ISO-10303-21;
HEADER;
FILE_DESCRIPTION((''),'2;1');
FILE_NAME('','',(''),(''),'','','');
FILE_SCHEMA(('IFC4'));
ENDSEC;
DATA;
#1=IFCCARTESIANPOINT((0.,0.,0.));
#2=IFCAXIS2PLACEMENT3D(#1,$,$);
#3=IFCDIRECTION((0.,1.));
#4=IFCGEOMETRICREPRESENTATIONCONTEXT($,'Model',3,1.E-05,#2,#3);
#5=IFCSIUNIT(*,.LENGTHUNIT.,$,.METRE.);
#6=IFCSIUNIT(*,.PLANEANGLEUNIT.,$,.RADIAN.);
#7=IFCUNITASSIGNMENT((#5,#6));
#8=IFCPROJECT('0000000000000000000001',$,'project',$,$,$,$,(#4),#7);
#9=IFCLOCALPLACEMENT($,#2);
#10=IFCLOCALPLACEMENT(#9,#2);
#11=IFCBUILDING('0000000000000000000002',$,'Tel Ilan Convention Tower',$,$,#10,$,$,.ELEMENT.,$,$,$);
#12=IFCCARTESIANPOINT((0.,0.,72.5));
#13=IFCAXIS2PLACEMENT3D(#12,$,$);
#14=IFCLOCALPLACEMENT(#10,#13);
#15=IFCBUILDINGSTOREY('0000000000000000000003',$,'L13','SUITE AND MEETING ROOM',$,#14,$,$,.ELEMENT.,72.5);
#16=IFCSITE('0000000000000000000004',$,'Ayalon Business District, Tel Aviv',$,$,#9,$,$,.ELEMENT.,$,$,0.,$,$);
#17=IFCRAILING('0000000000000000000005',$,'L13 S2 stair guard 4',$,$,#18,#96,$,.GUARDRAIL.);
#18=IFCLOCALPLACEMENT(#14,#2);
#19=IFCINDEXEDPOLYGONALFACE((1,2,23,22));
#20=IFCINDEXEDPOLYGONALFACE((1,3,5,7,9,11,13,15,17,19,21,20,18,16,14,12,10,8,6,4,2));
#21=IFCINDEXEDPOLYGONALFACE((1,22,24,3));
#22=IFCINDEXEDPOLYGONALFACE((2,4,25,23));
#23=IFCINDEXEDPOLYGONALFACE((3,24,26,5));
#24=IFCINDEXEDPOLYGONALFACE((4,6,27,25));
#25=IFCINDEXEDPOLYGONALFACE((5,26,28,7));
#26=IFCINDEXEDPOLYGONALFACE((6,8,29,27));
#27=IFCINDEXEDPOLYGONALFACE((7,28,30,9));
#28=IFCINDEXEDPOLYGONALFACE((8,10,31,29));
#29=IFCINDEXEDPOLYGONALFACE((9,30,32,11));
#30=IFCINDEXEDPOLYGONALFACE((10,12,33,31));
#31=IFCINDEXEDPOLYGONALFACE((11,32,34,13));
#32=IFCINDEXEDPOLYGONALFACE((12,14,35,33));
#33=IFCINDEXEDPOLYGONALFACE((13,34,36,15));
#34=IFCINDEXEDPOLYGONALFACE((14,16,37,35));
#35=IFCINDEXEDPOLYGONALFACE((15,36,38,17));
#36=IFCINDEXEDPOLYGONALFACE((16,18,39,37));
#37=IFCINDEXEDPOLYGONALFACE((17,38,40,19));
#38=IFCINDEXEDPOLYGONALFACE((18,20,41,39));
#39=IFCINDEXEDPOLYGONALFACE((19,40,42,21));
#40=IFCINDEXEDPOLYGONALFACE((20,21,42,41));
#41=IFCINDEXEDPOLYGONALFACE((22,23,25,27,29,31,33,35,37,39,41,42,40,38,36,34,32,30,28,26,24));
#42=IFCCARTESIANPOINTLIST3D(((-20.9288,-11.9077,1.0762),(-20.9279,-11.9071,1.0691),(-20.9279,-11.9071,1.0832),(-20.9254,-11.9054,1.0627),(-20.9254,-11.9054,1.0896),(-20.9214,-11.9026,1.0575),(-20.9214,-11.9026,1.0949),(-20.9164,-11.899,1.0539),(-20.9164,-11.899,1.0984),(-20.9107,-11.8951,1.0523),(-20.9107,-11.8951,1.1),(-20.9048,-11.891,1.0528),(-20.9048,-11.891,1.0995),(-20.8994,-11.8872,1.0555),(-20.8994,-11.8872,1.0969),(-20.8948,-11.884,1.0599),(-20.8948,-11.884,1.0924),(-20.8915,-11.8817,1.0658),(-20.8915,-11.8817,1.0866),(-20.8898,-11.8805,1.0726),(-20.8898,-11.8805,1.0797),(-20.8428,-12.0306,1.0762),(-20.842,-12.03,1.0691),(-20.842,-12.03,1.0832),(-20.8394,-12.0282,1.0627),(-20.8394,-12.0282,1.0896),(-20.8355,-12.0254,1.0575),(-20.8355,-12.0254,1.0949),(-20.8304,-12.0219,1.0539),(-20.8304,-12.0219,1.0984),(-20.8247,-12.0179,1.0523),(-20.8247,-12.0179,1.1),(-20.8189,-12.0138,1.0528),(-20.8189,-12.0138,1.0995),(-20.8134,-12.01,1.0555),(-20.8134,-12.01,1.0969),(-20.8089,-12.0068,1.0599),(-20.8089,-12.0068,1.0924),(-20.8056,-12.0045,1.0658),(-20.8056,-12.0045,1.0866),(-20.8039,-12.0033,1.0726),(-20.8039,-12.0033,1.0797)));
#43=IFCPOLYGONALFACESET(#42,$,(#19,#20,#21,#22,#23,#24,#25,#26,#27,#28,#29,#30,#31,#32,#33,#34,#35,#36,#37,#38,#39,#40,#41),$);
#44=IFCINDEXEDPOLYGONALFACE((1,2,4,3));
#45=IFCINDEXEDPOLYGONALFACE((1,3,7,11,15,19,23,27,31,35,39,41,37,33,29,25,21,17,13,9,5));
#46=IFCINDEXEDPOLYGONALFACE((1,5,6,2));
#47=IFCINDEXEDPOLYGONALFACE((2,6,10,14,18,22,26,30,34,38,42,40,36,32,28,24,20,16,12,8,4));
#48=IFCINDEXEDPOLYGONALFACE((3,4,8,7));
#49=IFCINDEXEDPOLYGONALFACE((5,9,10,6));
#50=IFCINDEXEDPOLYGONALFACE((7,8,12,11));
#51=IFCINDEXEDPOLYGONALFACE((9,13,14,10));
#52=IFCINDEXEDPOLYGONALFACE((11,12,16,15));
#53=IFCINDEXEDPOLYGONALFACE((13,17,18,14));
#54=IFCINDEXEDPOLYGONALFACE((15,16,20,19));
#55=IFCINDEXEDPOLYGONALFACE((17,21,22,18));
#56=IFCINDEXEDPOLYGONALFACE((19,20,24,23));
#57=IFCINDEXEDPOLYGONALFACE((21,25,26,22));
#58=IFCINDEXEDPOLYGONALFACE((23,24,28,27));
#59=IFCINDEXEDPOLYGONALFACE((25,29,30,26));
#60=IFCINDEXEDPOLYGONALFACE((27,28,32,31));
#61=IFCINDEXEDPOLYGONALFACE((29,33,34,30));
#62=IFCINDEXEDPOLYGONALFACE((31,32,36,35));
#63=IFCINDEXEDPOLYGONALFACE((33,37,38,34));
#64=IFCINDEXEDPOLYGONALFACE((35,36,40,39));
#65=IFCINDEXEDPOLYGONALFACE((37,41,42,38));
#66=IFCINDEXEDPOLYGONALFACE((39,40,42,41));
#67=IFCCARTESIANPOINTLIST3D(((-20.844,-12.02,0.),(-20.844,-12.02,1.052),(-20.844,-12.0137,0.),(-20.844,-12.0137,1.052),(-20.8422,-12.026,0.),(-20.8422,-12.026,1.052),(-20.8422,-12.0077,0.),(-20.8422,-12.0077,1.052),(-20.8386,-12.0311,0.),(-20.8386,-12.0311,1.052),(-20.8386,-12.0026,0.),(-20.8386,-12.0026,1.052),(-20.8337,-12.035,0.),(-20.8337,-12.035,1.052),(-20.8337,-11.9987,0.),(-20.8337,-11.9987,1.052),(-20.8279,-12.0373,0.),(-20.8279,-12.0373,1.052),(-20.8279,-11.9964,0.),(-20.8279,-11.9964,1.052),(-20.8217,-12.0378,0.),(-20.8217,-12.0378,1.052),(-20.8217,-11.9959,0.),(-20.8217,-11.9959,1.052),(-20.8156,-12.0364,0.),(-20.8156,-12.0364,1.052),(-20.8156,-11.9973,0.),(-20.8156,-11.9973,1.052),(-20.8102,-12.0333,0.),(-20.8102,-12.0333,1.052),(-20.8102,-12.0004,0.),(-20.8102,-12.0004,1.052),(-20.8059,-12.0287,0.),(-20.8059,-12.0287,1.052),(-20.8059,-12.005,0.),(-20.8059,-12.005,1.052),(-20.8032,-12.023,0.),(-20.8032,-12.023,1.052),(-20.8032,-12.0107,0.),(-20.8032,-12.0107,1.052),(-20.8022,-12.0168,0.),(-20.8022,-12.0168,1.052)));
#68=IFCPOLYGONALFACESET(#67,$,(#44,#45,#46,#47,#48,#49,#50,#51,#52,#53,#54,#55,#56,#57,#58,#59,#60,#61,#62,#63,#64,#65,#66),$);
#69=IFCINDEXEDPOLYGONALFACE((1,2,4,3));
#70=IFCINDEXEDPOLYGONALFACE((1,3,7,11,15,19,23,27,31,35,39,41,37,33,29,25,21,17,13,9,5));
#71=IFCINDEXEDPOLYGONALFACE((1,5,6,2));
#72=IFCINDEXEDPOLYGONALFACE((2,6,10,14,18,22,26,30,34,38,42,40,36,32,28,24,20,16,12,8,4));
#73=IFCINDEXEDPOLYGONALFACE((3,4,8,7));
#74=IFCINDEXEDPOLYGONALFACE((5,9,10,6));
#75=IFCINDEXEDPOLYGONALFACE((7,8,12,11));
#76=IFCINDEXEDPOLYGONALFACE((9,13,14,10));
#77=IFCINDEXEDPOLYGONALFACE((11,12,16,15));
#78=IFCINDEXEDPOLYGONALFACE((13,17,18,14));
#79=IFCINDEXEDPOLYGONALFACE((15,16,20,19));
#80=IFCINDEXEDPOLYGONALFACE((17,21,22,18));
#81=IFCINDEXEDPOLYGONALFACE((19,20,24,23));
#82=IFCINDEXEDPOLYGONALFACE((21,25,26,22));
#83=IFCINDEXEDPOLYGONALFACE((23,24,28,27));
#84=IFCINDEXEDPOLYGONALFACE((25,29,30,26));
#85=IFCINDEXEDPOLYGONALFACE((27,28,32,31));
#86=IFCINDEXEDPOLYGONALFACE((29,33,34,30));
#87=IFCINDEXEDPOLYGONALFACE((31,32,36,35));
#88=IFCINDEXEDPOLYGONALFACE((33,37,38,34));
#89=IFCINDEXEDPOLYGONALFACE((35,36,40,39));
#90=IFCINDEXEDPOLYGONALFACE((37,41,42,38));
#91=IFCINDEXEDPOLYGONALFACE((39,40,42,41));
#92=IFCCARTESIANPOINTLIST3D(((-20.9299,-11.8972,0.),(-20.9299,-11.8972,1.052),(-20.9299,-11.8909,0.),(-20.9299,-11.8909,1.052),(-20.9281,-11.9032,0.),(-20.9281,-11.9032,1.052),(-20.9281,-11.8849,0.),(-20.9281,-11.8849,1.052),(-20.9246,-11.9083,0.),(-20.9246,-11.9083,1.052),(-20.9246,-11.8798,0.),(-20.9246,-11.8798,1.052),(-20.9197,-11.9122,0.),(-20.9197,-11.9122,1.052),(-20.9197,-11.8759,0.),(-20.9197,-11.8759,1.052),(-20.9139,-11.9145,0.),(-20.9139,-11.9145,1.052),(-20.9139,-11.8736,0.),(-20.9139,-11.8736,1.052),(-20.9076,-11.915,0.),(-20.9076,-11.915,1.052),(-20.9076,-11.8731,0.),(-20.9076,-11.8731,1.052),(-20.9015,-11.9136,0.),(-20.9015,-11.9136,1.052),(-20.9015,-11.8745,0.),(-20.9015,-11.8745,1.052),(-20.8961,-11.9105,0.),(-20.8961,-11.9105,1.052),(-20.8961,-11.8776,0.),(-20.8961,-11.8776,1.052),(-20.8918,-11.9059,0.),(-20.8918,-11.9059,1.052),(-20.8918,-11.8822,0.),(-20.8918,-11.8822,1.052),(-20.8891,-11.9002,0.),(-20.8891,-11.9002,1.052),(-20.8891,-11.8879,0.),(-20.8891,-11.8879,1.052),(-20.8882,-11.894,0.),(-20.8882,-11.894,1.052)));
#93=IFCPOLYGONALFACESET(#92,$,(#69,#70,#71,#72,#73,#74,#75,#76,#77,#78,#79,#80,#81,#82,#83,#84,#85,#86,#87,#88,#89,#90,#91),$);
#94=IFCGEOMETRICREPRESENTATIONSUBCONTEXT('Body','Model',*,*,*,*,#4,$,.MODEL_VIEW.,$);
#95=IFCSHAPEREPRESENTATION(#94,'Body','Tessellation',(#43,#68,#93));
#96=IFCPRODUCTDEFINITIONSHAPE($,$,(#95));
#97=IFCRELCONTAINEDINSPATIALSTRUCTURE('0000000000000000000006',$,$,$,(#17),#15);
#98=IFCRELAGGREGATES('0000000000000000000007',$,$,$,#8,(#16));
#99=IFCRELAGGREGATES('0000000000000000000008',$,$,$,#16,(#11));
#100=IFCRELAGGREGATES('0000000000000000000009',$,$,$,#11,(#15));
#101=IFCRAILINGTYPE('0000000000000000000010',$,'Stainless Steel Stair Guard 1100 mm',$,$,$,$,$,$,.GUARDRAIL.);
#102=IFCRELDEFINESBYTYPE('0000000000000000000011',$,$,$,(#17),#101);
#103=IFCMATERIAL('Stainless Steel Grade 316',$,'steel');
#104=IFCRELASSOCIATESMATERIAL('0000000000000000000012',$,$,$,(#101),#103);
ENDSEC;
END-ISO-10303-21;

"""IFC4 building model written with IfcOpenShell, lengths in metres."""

from ifc_helpers import new_model, si_unit, direction, frame, origin, origin_2d, place, context, subcontext, project, spatial, circle, extrude, material, type_object, element, save


model = new_model("IFC4")

# Units and contexts
model_context = context("Model", 3, precision=1e-05, world=origin(), true_north=direction((0.0, 1.0)))
body_context = subcontext(model_context, "Body", "Model", "MODEL_VIEW")
ifc_project = project(units=[si_unit("LENGTHUNIT", "METRE"), si_unit("PLANEANGLEUNIT", "RADIAN")], contexts=[model_context])

# Site, building, storey
site_placement = place(None, origin())
site = spatial("IfcSite", under=ifc_project, at=site_placement, Name="Ayalon Business District, Tel Aviv", CompositionType="ELEMENT", RefElevation=0.0)
building_placement = place(site_placement, origin())
building = spatial("IfcBuilding", under=site, at=building_placement, Name="Tel Ilan Convention Tower", CompositionType="ELEMENT")
storey_placement = place(building_placement, frame((0.0, 0.0, 72.5)))
storey = spatial("IfcBuildingStorey", under=building, at=storey_placement, Name="L13", Description="SUITE AND MEETING ROOM", CompositionType="ELEMENT", Elevation=72.5)

# Railing
ifc_material_1 = material(Name="Stainless Steel Grade 316", Category="steel")
railing_type_1 = type_object("IfcRailingType", Name="Stainless Steel Stair Guard 1100 mm", PredefinedType="GUARDRAIL", material=ifc_material_1)
railing_1_placement = place(storey_placement, frame((-20.8232, -12.0168, 0.0)))
element("IfcRailing", 1, at=railing_1_placement, inside=storey, type_object=railing_type_1, Name="L13 S2 stair guard 4", PredefinedType="GUARDRAIL", context=body_context, shape_type="SweptSolid", body=[
    extrude(circle(Radius=0.0239, at=origin_2d()), frame((0.0, 0.0, 1.0762), z_axis=(-0.573353, 0.819308, 0.0), x_axis=(-0.819308, -0.573353, 0.0)), (0.0, 0.0, 1.0), 0.1499),
    extrude(circle(Radius=0.021, at=origin_2d()), origin(), (0.0, 0.0, 1.0), 1.052),
    extrude(circle(Radius=0.021, at=origin_2d()), frame((-0.0859, 0.1228, 0.0)), (0.0, 0.0, 1.0), 1.052),
])

save(model, "model.ifc")
